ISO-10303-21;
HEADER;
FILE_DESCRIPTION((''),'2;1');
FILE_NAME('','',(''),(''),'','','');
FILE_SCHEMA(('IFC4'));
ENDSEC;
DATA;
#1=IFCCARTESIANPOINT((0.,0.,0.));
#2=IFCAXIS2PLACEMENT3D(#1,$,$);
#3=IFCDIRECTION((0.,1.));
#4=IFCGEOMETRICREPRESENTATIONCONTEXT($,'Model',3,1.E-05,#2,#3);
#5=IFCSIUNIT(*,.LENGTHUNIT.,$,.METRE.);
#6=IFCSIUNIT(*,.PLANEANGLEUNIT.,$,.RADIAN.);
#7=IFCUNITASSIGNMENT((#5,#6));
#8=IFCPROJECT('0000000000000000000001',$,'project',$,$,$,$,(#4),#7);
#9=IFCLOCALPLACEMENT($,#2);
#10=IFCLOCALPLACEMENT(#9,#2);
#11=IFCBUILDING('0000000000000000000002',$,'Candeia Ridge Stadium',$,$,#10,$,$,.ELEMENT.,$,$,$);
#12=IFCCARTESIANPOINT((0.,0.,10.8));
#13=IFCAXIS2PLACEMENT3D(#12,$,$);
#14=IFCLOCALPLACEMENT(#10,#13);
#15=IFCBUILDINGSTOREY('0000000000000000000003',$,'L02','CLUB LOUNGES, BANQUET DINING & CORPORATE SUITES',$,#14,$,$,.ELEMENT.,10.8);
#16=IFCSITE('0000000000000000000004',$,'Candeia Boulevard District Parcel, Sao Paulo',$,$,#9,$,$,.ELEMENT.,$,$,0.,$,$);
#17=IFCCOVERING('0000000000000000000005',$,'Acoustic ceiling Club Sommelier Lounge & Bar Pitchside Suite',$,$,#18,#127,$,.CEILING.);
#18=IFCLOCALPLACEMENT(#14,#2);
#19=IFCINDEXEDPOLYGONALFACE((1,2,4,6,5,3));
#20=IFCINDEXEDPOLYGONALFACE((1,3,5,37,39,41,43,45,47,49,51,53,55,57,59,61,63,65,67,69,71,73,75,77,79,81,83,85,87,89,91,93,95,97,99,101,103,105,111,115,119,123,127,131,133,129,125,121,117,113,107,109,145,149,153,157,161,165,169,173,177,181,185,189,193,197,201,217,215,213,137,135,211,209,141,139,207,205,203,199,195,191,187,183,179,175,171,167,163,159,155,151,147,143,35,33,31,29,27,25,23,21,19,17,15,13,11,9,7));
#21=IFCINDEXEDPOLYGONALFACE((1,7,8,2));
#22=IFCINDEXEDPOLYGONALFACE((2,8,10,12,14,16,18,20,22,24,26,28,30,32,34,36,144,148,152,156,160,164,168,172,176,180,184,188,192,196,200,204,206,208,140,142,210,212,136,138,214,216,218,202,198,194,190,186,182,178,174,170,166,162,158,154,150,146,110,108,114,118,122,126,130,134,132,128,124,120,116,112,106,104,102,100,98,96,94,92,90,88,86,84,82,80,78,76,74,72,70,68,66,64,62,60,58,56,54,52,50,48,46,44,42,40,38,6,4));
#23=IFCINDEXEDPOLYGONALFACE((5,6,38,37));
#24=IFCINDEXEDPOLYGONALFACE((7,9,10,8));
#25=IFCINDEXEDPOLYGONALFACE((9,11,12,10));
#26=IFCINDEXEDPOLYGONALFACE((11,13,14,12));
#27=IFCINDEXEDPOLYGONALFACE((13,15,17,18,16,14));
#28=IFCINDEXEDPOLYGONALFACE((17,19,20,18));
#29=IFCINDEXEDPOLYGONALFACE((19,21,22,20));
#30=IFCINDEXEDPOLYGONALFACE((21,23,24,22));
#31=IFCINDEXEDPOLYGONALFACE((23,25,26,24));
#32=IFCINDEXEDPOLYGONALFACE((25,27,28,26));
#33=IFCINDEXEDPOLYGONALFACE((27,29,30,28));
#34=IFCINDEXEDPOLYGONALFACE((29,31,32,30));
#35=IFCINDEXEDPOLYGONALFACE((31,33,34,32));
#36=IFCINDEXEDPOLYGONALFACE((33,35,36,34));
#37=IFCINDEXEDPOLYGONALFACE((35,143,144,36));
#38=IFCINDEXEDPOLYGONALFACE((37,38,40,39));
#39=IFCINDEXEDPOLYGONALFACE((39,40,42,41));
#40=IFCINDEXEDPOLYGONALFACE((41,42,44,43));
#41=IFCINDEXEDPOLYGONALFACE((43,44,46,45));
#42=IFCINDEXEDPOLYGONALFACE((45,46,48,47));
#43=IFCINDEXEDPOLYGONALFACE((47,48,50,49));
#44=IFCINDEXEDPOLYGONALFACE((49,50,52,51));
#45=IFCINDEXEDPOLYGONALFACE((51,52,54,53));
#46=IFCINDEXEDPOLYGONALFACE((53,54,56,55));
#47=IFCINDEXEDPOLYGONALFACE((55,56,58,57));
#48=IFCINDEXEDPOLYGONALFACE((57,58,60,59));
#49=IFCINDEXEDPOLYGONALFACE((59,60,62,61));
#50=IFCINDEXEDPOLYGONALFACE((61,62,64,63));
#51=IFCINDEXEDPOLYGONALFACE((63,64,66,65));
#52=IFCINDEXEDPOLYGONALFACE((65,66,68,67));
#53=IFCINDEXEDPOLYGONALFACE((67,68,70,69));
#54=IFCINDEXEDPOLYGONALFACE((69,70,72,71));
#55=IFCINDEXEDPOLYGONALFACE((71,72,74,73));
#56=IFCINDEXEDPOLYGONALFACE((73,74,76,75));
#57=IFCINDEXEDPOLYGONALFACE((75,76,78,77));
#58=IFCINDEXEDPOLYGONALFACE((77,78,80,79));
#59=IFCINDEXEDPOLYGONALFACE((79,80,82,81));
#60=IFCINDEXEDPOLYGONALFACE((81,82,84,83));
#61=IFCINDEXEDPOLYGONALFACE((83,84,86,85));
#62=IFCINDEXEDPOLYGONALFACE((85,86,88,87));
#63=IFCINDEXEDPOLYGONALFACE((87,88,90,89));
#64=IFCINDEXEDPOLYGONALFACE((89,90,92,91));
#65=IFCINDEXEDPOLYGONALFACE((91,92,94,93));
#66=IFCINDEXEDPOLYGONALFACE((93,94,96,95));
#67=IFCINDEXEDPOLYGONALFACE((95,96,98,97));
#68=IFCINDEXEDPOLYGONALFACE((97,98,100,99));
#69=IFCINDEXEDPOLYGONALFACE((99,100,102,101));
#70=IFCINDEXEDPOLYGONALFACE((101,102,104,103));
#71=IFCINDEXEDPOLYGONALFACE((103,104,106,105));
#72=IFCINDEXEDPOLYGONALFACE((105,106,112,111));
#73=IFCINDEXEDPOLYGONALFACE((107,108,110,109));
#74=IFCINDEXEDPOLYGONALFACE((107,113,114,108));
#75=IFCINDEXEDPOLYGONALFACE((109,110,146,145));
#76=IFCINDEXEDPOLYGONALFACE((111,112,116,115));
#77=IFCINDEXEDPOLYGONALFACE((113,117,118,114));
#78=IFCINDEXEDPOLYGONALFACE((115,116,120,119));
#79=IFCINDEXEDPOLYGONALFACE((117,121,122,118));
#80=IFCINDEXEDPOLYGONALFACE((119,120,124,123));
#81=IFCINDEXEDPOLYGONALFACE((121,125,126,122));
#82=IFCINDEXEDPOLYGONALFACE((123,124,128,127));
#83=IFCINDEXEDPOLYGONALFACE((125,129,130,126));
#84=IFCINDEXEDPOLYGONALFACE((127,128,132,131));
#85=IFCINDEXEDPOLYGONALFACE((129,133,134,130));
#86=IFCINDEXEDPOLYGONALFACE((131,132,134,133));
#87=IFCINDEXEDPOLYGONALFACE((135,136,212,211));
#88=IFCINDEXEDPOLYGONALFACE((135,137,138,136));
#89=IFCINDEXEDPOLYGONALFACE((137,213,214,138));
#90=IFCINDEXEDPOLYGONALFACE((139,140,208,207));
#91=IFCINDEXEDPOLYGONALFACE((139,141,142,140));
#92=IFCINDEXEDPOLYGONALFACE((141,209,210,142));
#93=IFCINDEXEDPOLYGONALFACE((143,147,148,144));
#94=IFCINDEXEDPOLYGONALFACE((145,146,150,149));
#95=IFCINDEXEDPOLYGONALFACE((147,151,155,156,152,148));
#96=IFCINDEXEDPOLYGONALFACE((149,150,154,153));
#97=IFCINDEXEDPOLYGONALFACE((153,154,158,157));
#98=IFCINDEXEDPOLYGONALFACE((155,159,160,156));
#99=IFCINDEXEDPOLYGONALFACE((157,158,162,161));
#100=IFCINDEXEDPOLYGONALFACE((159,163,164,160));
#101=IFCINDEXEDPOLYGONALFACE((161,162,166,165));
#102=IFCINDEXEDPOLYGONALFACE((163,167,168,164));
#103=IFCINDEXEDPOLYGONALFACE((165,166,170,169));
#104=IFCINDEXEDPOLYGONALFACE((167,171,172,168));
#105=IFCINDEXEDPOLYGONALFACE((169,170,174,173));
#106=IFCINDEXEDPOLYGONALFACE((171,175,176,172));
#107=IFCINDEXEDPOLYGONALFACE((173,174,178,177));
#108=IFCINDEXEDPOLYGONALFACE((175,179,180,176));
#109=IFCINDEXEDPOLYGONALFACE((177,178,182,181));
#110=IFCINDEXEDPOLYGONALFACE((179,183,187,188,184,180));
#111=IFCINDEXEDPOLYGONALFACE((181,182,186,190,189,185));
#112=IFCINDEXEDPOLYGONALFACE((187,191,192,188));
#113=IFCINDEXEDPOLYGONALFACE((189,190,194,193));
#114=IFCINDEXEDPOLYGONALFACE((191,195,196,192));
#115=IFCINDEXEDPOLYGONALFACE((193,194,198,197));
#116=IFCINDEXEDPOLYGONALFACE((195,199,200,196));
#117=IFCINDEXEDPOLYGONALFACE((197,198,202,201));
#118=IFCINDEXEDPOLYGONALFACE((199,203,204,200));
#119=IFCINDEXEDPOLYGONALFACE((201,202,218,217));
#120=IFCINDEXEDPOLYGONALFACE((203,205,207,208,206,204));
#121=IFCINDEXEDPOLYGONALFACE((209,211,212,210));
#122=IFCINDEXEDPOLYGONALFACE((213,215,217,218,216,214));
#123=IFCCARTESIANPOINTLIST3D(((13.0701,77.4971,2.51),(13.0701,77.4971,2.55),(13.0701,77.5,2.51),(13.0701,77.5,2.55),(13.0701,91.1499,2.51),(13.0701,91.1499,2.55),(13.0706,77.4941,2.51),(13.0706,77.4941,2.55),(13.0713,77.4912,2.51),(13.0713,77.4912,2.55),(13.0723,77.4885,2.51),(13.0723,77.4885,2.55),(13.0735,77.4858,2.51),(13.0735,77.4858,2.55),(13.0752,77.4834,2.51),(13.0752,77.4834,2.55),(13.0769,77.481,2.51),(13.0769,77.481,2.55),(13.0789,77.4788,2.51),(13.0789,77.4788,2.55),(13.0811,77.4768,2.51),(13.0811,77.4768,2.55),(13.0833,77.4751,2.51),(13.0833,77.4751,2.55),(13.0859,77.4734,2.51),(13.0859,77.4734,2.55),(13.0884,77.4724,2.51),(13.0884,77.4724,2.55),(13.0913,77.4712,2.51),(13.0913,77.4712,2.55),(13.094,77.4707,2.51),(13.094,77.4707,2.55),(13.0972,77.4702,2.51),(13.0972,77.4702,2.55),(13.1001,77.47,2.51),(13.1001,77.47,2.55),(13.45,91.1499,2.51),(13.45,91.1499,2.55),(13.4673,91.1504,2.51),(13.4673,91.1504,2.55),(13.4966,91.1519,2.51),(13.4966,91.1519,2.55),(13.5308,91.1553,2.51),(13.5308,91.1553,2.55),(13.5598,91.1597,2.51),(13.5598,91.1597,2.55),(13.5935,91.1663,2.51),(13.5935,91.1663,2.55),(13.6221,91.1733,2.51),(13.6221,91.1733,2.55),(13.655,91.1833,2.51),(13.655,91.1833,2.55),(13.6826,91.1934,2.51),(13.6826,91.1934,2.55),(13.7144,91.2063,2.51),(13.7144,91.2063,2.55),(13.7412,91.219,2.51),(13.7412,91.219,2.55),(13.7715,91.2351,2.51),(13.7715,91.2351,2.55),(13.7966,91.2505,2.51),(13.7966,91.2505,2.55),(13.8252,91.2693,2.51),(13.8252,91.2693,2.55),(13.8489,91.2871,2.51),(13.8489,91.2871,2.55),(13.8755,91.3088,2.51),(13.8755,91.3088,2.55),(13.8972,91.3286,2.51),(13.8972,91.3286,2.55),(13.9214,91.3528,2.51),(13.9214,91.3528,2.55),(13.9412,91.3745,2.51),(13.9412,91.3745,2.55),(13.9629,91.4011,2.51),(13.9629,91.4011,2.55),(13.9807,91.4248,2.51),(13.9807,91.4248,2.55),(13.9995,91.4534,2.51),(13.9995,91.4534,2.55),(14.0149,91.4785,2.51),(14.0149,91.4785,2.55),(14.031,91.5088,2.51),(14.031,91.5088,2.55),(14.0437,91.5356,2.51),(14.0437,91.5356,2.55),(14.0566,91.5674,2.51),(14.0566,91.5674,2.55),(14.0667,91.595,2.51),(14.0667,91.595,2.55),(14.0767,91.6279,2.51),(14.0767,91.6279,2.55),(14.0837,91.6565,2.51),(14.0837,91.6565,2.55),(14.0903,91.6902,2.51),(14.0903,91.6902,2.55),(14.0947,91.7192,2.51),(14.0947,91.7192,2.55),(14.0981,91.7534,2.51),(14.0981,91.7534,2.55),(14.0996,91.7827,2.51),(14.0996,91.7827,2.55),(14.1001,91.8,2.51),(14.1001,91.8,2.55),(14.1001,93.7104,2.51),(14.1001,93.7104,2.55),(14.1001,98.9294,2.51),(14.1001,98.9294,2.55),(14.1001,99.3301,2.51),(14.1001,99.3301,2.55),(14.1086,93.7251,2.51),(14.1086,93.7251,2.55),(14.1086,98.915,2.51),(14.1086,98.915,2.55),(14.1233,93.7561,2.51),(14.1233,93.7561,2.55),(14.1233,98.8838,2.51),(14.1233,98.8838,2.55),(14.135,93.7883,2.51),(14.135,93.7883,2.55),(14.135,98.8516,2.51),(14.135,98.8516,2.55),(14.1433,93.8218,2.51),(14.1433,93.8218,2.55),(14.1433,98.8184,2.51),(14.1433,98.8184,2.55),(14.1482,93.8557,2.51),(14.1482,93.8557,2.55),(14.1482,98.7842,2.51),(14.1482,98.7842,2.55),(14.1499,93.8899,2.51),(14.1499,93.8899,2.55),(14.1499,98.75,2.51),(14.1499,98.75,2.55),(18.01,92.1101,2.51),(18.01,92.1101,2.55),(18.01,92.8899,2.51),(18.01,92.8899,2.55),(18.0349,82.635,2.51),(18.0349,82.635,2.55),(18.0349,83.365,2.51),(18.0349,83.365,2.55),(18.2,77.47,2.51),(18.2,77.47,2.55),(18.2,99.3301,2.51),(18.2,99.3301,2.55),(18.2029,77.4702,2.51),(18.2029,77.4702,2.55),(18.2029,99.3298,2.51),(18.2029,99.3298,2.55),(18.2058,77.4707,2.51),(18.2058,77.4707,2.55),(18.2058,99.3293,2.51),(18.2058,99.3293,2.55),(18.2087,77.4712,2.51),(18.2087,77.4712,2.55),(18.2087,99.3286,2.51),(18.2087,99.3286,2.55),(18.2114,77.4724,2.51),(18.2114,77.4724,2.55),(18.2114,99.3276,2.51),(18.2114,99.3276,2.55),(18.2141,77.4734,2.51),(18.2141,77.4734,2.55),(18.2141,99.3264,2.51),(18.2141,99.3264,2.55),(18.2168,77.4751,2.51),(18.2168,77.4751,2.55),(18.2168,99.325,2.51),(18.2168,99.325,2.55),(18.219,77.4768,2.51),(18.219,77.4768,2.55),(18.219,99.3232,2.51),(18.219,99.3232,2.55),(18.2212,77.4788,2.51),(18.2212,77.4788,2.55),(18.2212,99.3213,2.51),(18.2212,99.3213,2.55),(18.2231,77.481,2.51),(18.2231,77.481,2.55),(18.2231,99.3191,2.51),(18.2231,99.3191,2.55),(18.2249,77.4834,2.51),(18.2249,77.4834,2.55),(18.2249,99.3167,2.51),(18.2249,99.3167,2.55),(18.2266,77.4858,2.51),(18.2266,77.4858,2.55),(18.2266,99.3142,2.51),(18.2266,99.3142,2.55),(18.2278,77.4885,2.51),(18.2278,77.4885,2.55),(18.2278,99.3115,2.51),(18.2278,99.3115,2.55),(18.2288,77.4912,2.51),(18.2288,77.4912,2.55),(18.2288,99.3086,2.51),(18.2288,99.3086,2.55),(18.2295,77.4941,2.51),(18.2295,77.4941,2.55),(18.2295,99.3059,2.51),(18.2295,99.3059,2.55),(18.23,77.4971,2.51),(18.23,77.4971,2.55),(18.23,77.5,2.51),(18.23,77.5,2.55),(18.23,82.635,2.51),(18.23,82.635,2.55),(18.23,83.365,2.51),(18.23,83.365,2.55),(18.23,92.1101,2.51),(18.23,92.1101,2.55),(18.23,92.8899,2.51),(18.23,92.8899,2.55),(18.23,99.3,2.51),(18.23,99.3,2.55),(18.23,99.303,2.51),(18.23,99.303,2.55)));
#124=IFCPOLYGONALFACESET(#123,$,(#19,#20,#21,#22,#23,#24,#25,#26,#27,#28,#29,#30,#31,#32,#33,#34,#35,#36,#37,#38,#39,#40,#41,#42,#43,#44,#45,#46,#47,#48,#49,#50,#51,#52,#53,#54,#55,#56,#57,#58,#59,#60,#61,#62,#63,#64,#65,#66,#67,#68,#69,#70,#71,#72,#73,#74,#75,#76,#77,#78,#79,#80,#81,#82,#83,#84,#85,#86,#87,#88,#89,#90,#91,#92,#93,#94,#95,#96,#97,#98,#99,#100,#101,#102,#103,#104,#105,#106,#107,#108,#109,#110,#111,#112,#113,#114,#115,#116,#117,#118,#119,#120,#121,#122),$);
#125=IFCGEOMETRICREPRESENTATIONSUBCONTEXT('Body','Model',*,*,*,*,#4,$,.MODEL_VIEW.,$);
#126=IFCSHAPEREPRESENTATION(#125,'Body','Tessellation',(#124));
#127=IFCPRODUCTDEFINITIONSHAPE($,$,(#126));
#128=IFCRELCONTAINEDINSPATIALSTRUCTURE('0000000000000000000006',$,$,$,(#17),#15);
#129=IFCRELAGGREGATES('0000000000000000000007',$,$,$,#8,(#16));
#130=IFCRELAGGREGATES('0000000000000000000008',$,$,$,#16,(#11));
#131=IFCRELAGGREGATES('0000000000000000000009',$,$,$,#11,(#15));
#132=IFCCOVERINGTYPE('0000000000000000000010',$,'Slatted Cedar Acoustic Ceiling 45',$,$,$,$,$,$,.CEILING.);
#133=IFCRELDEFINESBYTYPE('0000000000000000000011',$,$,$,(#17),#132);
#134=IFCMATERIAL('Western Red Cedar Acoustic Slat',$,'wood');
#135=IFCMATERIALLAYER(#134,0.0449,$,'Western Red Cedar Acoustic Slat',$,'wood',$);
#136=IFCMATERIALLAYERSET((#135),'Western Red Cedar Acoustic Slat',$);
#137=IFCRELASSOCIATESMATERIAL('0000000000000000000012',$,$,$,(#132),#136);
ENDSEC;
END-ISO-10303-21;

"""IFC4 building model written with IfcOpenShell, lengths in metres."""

from ifc_helpers import new_model, si_unit, direction, frame, origin, place, context, subcontext, project, spatial, polyline, outline, extrude, material, layer, layer_set, type_object, element, save


model = new_model("IFC4")

# Units and contexts
model_context = context("Model", 3, precision=1e-05, world=origin(), true_north=direction((0.0, 1.0)))
body_context = subcontext(model_context, "Body", "Model", "MODEL_VIEW")
ifc_project = project(units=[si_unit("LENGTHUNIT", "METRE"), si_unit("PLANEANGLEUNIT", "RADIAN")], contexts=[model_context])

# Site, building, storey
site_placement = place(None, origin())
site = spatial("IfcSite", under=ifc_project, at=site_placement, Name="Candeia Boulevard District Parcel, Sao Paulo", CompositionType="ELEMENT", RefElevation=0.0)
building_placement = place(site_placement, origin())
building = spatial("IfcBuilding", under=site, at=building_placement, Name="Candeia Ridge Stadium", CompositionType="ELEMENT")
storey_placement = place(building_placement, frame((0.0, 0.0, 10.8)))
storey = spatial("IfcBuildingStorey", under=building, at=storey_placement, Name="L02", Description="CLUB LOUNGES, BANQUET DINING & CORPORATE SUITES", CompositionType="ELEMENT", Elevation=10.8)

# Covering
ifc_material_1 = material(Name="Western Red Cedar Acoustic Slat", Category="wood")
ifc_layer_1 = layer(ifc_material_1, 0.0449, Name="Western Red Cedar Acoustic Slat", Category="wood")
ifc_layer_set_1 = layer_set([ifc_layer_1], Name="Western Red Cedar Acoustic Slat")
covering_type_1 = type_object("IfcCoveringType", Name="Slatted Cedar Acoustic Ceiling 45", PredefinedType="CEILING", material=ifc_layer_set_1)
covering_1_placement = place(storey_placement, frame((0.0, 0.0, 2.51)))
element("IfcCovering", 1, at=covering_1_placement, inside=storey, type_object=covering_type_1, Name="Acoustic ceiling Club Sommelier Lounge & Bar Pitchside Suite", PredefinedType="CEILING", context=body_context, shape_type="SweptSolid", body=[
    extrude(outline(polyline([(18.2058, 99.3293), (18.2087, 99.3286), (18.2114, 99.3276), (18.2141, 99.3264), (18.2168, 99.325), (18.219, 99.3232), (18.2212, 99.3213), (18.2231, 99.3191), (18.2249, 99.3167), (18.2266, 99.3142), (18.2278, 99.3115), (18.2288, 99.3086), (18.2295, 99.3059), (18.23, 99.303), (18.23, 99.3), (18.23, 92.8899), (18.01, 92.8899), (18.01, 92.1101), (18.23, 92.1101), (18.23, 83.365), (18.0349, 83.365), (18.0349, 82.635), (18.23, 82.635), (18.23, 77.5), (18.23, 77.4971), (18.2295, 77.4941), (18.2288, 77.4912), (18.2278, 77.4885), (18.2266, 77.4858), (18.2249, 77.4834), (18.2231, 77.481), (18.2212, 77.4788), (18.219, 77.4768), (18.2168, 77.4751), (18.2141, 77.4734), (18.2114, 77.4724), (18.2087, 77.4712), (18.2058, 77.4707), (18.2029, 77.4702), (18.2, 77.47), (13.1001, 77.47), (13.0972, 77.4702), (13.094, 77.4707), (13.0913, 77.4712), (13.0884, 77.4724), (13.0859, 77.4734), (13.0833, 77.4751), (13.0811, 77.4768), (13.0789, 77.4788), (13.0769, 77.481), (13.0752, 77.4834), (13.0735, 77.4858), (13.0723, 77.4885), (13.0713, 77.4912), (13.0706, 77.4941), (13.0701, 77.4971), (13.0701, 77.5), (13.0701, 91.1499), (13.45, 91.1499), (13.4673, 91.1504), (13.4966, 91.1519), (13.5308, 91.1553), (13.5598, 91.1597), (13.5935, 91.1663), (13.6221, 91.1733), (13.655, 91.1833), (13.6826, 91.1934), (13.7144, 91.2063), (13.7412, 91.219), (13.7715, 91.2351), (13.7966, 91.2505), (13.8252, 91.2693), (13.8489, 91.2871), (13.8755, 91.3088), (13.8972, 91.3286), (13.9214, 91.3528), (13.9412, 91.3745), (13.9629, 91.4011), (13.9807, 91.4248), (13.9995, 91.4534), (14.0149, 91.4785), (14.031, 91.5088), (14.0437, 91.5356), (14.0566, 91.5674), (14.0667, 91.595), (14.0767, 91.6279), (14.0837, 91.6565), (14.0903, 91.6902), (14.0947, 91.7192), (14.0981, 91.7534), (14.0996, 91.7827), (14.1001, 91.8), (14.1001, 93.7104), (14.1086, 93.7251), (14.1233, 93.7561), (14.135, 93.7883), (14.1433, 93.8218), (14.1482, 93.8557), (14.1499, 93.8899), (14.1499, 98.75), (14.1482, 98.7842), (14.1433, 98.8184), (14.135, 98.8516), (14.1233, 98.8838), (14.1086, 98.915), (14.1001, 98.9294), (14.1001, 99.3301), (18.2, 99.3301), (18.2029, 99.3298), (18.2058, 99.3293)])), origin(), (0.0, 0.0, 1.0), 0.04),
])

save(model, "model.ifc")
